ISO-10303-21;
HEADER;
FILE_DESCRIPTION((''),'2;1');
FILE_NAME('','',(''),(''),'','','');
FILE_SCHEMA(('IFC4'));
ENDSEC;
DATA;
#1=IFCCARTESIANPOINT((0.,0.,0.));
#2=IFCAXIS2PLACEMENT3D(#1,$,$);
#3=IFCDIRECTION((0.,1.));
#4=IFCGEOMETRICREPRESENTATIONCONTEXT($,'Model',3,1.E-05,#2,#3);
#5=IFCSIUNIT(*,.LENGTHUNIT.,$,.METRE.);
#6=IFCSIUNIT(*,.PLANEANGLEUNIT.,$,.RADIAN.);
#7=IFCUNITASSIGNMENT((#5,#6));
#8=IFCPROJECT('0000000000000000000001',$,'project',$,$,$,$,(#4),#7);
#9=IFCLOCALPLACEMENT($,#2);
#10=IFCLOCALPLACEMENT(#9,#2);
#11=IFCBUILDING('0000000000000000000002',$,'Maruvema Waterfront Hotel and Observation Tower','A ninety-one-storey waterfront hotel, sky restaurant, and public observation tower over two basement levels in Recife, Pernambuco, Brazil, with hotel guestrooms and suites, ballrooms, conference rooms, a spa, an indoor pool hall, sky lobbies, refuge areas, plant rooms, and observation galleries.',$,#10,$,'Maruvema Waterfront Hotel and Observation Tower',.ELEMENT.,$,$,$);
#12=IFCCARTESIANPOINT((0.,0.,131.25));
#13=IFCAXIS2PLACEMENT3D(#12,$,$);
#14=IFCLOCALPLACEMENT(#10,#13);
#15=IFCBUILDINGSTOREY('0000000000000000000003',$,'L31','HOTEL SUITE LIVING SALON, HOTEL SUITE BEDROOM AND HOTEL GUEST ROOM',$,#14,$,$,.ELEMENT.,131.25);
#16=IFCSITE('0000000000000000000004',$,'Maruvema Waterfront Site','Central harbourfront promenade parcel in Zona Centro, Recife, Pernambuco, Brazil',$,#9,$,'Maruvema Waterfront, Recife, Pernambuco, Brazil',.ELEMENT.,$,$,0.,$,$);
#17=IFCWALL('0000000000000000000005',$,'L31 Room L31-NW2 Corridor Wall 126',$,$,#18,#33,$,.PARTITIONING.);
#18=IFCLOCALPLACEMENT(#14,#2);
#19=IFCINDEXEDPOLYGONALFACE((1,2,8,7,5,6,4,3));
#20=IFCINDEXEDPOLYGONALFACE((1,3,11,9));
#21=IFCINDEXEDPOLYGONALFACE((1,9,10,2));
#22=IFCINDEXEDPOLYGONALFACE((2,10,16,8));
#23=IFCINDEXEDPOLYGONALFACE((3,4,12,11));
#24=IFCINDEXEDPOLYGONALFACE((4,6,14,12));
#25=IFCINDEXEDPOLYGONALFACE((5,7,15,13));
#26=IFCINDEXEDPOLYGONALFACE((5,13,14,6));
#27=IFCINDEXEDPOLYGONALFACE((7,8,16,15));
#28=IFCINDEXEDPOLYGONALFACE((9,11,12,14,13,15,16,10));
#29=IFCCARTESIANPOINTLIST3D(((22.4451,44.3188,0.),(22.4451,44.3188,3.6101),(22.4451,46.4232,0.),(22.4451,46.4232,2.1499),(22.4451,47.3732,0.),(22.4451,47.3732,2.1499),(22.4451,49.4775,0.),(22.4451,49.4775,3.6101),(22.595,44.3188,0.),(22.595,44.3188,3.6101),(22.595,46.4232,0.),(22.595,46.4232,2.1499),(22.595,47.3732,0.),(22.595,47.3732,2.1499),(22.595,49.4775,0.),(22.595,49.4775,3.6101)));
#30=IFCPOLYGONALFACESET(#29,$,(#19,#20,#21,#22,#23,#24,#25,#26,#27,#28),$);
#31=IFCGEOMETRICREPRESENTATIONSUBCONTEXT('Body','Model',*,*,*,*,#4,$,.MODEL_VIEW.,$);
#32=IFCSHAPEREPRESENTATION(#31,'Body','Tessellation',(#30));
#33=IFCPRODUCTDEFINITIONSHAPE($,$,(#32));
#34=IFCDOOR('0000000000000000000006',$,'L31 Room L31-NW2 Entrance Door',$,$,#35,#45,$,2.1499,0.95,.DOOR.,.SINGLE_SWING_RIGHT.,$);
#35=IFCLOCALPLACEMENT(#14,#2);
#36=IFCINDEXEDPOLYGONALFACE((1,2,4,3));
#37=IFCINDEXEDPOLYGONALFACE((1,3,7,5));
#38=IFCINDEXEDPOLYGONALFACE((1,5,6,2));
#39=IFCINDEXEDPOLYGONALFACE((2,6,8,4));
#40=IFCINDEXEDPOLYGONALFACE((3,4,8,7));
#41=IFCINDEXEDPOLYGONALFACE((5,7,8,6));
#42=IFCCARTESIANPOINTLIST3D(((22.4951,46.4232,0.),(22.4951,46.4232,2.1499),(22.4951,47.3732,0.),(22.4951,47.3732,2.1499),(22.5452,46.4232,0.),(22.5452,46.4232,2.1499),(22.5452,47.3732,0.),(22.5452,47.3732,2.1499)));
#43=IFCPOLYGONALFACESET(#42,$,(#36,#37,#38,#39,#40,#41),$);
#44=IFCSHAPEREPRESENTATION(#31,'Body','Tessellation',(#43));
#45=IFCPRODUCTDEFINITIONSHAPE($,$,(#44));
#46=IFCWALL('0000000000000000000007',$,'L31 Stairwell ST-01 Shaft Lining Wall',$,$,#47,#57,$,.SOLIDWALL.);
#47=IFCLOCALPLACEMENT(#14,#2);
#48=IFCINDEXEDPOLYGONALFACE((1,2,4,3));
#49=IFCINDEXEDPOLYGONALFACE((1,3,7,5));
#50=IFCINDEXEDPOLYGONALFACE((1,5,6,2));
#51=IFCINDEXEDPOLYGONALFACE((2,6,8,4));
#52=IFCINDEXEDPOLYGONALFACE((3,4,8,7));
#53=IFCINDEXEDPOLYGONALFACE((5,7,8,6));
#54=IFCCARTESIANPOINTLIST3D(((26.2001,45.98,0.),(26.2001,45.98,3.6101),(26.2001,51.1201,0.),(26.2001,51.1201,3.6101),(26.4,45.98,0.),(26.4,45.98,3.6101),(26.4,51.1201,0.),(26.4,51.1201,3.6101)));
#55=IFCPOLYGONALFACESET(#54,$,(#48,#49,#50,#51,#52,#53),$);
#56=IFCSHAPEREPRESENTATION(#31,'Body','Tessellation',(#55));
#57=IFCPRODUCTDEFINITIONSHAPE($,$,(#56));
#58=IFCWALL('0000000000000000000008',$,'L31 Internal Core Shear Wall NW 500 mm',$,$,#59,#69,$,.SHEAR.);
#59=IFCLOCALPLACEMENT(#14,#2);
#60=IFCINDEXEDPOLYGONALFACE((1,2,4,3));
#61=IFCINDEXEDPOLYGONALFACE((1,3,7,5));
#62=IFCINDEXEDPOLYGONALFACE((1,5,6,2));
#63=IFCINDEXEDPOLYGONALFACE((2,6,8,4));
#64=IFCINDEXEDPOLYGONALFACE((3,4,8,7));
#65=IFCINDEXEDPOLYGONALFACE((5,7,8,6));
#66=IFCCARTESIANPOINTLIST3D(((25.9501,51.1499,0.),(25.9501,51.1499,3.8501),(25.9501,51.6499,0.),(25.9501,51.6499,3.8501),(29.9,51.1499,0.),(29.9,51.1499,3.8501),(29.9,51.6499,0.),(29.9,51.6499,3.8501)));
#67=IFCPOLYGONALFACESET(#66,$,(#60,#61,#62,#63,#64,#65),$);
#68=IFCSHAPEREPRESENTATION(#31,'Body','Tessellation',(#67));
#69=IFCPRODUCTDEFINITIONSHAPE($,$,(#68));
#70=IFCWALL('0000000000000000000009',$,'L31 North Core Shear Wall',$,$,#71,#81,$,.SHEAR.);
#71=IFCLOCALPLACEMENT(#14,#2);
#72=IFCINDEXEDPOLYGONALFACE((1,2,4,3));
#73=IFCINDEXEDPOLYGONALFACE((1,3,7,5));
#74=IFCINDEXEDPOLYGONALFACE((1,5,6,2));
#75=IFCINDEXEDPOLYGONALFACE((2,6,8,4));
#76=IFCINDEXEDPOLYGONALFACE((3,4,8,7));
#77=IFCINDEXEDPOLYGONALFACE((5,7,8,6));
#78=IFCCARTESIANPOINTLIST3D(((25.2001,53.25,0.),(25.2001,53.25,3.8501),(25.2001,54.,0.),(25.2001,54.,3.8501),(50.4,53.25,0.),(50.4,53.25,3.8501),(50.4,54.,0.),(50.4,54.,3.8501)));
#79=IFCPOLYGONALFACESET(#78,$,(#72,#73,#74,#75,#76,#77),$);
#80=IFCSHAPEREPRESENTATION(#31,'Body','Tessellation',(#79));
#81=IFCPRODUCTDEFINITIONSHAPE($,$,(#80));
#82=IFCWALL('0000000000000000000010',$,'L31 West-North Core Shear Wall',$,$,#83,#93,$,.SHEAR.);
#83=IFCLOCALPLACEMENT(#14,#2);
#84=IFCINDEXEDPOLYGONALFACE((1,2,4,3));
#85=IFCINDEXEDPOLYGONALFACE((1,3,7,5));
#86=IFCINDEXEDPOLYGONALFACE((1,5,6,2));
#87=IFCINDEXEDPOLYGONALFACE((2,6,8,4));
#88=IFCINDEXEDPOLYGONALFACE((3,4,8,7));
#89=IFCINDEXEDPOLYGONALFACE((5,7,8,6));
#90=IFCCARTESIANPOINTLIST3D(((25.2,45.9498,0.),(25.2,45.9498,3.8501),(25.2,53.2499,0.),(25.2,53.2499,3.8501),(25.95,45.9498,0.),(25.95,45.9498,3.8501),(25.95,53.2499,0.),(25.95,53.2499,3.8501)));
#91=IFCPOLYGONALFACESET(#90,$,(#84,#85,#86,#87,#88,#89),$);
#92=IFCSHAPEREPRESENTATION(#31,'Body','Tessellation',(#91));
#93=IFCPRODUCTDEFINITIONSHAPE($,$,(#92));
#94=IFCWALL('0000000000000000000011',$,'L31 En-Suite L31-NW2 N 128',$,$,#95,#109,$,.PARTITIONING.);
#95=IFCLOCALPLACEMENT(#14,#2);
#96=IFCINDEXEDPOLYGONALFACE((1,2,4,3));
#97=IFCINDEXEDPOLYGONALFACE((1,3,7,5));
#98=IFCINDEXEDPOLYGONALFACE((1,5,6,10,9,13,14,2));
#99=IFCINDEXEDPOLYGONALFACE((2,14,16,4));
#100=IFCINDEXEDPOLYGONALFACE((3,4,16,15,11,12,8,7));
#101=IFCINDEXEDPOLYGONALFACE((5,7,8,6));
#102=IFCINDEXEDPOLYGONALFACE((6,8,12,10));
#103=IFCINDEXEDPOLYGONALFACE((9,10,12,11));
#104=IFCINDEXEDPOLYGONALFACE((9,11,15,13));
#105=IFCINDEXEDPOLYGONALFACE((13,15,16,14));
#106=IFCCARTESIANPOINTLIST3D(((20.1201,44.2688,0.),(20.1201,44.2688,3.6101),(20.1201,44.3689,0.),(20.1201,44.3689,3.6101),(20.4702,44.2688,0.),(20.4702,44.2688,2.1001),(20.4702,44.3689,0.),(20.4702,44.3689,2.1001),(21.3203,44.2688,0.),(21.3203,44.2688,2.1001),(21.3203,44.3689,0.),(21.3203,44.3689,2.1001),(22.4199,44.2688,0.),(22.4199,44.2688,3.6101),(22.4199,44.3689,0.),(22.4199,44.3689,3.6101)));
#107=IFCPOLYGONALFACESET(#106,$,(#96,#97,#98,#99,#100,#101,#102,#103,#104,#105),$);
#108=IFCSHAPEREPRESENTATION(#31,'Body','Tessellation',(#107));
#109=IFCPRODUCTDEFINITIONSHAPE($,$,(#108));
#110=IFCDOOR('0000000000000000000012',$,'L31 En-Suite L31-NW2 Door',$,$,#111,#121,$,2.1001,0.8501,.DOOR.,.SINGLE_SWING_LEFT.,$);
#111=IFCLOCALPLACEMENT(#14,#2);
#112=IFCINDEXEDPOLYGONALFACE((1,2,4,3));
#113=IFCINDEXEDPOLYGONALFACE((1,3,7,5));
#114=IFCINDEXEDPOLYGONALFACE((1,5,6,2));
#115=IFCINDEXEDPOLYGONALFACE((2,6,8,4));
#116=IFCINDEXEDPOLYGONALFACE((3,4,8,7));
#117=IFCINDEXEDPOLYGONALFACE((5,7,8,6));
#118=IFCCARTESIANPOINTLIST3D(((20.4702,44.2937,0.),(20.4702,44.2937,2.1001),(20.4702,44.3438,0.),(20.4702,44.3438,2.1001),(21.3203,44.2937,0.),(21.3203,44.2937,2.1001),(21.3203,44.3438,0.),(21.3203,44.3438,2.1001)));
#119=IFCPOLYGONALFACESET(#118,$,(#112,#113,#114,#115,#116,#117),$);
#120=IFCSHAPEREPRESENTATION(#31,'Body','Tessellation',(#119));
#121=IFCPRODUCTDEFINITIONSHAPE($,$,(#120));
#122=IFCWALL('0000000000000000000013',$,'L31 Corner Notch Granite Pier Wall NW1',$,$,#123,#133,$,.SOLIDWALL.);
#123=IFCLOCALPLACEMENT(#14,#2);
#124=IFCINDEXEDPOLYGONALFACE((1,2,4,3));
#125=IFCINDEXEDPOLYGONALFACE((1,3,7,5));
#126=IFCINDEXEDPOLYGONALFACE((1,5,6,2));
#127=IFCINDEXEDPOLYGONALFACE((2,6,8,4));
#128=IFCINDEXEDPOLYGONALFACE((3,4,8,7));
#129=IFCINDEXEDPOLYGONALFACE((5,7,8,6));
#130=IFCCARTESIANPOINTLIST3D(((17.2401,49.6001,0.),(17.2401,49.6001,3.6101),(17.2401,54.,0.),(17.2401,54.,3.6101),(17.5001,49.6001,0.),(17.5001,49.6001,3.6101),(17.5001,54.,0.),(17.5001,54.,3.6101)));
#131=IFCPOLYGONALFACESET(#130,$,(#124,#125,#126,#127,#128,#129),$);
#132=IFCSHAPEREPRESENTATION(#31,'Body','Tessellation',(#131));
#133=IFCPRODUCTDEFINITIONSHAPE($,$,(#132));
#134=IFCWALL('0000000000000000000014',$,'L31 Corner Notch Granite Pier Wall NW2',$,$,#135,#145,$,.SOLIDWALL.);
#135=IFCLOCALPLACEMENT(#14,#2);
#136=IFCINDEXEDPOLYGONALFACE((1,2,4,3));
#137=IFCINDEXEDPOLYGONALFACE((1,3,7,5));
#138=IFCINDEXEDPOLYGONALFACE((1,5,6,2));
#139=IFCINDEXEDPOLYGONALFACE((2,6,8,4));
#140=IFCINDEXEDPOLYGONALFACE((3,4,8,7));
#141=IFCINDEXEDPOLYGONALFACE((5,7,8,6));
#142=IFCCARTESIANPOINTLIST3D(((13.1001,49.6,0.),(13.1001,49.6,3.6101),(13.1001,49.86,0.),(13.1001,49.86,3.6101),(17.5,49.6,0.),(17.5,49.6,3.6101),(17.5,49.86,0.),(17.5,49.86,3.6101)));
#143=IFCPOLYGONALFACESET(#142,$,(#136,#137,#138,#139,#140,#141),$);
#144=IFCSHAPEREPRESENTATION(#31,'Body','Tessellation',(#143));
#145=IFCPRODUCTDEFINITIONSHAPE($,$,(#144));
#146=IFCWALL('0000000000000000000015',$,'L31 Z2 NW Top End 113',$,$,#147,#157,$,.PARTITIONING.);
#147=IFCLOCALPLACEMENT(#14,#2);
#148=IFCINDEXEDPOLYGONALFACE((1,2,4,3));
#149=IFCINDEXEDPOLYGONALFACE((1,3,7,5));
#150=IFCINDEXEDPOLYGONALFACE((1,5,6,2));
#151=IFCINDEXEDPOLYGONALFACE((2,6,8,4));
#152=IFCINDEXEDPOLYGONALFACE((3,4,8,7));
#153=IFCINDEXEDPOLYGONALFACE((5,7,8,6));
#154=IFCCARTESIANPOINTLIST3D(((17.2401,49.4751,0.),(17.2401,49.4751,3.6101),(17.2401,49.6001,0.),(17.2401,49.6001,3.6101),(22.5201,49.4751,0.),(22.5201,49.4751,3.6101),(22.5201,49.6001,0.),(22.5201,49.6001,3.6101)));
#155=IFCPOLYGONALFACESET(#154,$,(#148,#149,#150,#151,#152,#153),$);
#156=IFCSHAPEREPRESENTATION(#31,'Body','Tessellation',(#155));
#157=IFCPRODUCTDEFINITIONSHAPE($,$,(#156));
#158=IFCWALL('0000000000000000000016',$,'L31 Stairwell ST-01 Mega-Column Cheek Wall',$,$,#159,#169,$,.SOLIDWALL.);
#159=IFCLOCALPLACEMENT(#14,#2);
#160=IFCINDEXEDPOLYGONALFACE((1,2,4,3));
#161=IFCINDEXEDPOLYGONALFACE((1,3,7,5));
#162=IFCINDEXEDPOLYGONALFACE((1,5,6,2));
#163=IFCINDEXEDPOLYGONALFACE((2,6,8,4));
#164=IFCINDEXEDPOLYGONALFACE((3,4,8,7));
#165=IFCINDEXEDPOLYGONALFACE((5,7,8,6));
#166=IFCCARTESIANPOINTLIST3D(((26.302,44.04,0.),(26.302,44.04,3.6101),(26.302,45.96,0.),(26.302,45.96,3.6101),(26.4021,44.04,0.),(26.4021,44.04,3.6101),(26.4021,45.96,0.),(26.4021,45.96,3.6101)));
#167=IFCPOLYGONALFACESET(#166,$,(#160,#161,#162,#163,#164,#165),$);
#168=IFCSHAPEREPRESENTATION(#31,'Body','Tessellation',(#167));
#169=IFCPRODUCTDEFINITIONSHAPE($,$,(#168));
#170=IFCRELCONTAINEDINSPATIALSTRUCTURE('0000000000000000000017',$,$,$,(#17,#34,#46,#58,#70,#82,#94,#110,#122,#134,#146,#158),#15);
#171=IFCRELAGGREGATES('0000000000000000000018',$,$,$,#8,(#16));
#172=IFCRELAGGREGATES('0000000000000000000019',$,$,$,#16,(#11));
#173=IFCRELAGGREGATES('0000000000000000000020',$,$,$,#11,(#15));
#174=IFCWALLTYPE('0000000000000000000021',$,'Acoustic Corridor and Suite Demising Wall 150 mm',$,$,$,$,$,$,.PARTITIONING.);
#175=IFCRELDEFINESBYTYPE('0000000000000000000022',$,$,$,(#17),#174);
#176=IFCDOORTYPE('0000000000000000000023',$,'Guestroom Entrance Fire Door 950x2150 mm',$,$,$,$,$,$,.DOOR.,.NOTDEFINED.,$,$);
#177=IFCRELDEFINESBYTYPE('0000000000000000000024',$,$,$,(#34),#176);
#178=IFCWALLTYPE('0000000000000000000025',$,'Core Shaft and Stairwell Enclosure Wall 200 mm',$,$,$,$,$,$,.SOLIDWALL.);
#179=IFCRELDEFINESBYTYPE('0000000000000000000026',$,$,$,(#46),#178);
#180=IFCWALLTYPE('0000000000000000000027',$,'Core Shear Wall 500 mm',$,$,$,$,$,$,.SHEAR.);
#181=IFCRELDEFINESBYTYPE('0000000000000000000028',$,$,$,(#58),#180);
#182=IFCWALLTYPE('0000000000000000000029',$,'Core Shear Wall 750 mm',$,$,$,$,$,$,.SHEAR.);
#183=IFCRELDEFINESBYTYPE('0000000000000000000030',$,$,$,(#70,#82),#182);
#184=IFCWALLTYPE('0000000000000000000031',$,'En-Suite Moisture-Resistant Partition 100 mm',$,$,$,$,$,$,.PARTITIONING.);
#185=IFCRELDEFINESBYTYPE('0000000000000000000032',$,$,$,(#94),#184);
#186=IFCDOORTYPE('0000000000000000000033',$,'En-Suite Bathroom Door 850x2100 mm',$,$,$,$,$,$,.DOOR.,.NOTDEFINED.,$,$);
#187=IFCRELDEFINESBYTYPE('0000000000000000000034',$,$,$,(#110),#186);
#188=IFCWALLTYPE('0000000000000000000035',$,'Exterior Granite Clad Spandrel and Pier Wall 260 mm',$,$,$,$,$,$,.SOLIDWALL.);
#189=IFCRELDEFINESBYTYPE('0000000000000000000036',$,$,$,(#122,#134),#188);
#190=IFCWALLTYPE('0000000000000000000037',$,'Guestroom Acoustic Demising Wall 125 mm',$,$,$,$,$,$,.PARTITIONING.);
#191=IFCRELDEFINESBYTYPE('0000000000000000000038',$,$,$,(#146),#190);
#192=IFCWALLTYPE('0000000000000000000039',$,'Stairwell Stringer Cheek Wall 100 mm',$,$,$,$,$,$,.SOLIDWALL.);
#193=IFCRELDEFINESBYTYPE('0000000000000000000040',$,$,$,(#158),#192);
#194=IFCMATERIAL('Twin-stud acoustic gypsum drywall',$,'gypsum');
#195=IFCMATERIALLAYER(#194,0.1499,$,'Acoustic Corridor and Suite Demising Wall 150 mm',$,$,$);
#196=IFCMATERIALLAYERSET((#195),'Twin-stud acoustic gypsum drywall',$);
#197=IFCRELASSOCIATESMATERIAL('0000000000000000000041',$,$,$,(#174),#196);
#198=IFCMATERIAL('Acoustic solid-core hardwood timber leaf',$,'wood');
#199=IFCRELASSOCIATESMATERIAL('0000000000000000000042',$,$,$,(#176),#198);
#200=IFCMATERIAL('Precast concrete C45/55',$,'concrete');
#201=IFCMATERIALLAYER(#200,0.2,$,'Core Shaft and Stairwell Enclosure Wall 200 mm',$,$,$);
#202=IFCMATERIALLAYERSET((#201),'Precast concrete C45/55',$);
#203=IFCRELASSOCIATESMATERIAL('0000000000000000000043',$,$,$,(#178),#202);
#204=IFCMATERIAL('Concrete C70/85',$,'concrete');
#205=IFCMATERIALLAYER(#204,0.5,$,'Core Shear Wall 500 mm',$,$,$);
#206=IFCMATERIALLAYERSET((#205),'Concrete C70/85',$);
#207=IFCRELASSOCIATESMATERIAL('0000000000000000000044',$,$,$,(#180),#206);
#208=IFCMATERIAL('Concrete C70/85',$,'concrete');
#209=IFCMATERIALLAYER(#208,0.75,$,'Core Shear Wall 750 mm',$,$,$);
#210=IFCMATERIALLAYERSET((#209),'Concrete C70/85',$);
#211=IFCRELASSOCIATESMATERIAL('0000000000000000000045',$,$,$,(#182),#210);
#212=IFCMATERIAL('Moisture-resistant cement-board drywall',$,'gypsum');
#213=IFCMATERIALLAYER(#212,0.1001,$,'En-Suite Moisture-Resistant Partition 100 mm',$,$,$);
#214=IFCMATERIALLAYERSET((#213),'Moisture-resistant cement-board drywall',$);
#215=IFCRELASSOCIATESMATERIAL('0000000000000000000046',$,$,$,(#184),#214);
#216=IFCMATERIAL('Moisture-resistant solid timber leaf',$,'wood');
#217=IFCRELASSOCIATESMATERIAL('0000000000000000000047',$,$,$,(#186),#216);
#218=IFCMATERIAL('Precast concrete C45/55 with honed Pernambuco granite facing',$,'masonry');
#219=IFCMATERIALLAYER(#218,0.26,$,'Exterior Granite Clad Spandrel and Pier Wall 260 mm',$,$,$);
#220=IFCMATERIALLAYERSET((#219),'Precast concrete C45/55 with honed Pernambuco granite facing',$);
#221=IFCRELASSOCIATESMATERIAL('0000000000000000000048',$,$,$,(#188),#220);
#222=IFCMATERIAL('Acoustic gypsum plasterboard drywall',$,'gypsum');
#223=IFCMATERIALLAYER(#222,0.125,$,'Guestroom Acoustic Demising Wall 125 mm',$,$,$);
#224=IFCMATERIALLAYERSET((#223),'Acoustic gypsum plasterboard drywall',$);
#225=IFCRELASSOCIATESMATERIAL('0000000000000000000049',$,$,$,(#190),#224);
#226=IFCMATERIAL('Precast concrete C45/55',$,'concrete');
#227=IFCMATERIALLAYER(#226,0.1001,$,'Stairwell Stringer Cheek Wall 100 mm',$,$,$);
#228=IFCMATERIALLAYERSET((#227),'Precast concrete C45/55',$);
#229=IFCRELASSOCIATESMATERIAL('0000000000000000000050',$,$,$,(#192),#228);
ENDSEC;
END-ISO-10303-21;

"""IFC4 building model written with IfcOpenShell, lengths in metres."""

from ifc_helpers import new_model, si_unit, direction, frame, frame_2d, origin, place, context, subcontext, project, spatial, rectangle, extrude, material, layer, layer_set, type_object, element, fill, save


model = new_model("IFC4")

# Units and contexts
model_context = context("Model", 3, precision=1e-05, world=origin(), true_north=direction((0.0, 1.0)))
body_context = subcontext(model_context, "Body", "Model", "MODEL_VIEW")
ifc_project = project(units=[si_unit("LENGTHUNIT", "METRE"), si_unit("PLANEANGLEUNIT", "RADIAN")], contexts=[model_context])

# Site, building, storey
site_placement = place(None, origin())
site = spatial("IfcSite", under=ifc_project, at=site_placement, Name="Maruvema Waterfront Site", Description="Central harbourfront promenade parcel in Zona Centro, Recife, Pernambuco, Brazil", LongName="Maruvema Waterfront, Recife, Pernambuco, Brazil", CompositionType="ELEMENT", RefElevation=0.0)
building_placement = place(site_placement, origin())
building = spatial("IfcBuilding", under=site, at=building_placement, Name="Maruvema Waterfront Hotel and Observation Tower", Description="A ninety-one-storey waterfront hotel, sky restaurant, and public observation tower over two basement levels in Recife, Pernambuco, Brazil, with hotel guestrooms and suites, ballrooms, conference rooms, a spa, an indoor pool hall, sky lobbies, refuge areas, plant rooms, and observation galleries.", LongName="Maruvema Waterfront Hotel and Observation Tower", CompositionType="ELEMENT")
storey_placement = place(building_placement, frame((0.0, 0.0, 131.25)))
storey = spatial("IfcBuildingStorey", under=building, at=storey_placement, Name="L31", Description="HOTEL SUITE LIVING SALON, HOTEL SUITE BEDROOM AND HOTEL GUEST ROOM", CompositionType="ELEMENT", Elevation=131.25)

# Wall, opening, door
ifc_material_1 = material(Name="Twin-stud acoustic gypsum drywall", Category="gypsum")
ifc_layer_1 = layer(ifc_material_1, 0.1499, Name="Acoustic Corridor and Suite Demising Wall 150 mm")
ifc_layer_set_1 = layer_set([ifc_layer_1], Name="Twin-stud acoustic gypsum drywall")
wall_type_1 = type_object("IfcWallType", Name="Acoustic Corridor and Suite Demising Wall 150 mm", PredefinedType="PARTITIONING", material=ifc_layer_set_1)
wall_1_placement = place(storey_placement, frame((22.52, 44.3188, 0.0), z_axis=(0.0, 0.0, 1.0), x_axis=(0.0, 1.0, 0.0)))
wall_1 = element("IfcWall", 1, at=wall_1_placement, inside=storey, type_object=wall_type_1, Name="L31 Room L31-NW2 Corridor Wall 126", PredefinedType="PARTITIONING", context=body_context, shape_type="SweptSolid", body=[
    extrude(rectangle(XDim=5.1587, YDim=0.1499, at=frame_2d((2.5793, 0.0))), origin(), (0.0, 0.0, 1.0), 3.6101),
])
opening_1_placement = place(wall_1_placement, frame((2.1042, 0.0, 0.0)))
opening_1 = element("IfcOpeningElement", 2, at=opening_1_placement, cuts=wall_1, PredefinedType="OPENING", context=body_context, shape_type="SweptSolid", body=[
    extrude(rectangle(XDim=0.95, YDim=2.1499, at=frame_2d((0.4751, 1.075))), frame((0.0, 0.085, 0.0), z_axis=(0.0, -1.0, 0.0), x_axis=(1.0, 0.0, 0.0)), (0.0, 0.0, 1.0), 0.1699),
])
ifc_material_2 = material(Name="Acoustic solid-core hardwood timber leaf", Category="wood")
door_type_1 = type_object("IfcDoorType", Name="Guestroom Entrance Fire Door 950x2150 mm", OperationType="NOTDEFINED", PredefinedType="DOOR", material=ifc_material_2)
door_1_placement = place(opening_1_placement, origin())
door_1 = element("IfcDoor", 3, at=door_1_placement, inside=storey, type_object=door_type_1, Name="L31 Room L31-NW2 Entrance Door", OperationType="SINGLE_SWING_RIGHT", OverallHeight=2.1499, OverallWidth=0.95, PredefinedType="DOOR", context=body_context, shape_type="SweptSolid", body=[
    extrude(rectangle(XDim=0.95, YDim=2.1499, at=frame_2d((0.4751, 1.075))), frame((0.0, 0.0249, 0.0), z_axis=(0.0, -1.0, 0.0), x_axis=(1.0, 0.0, 0.0)), (0.0, 0.0, 1.0), 0.05),
])
fill(opening_1, door_1)

# Walls
ifc_material_3 = material(Name="Precast concrete C45/55", Category="concrete")
ifc_layer_2 = layer(ifc_material_3, 0.2, Name="Core Shaft and Stairwell Enclosure Wall 200 mm")
ifc_layer_set_2 = layer_set([ifc_layer_2], Name="Precast concrete C45/55")
wall_type_2 = type_object("IfcWallType", Name="Core Shaft and Stairwell Enclosure Wall 200 mm", PredefinedType="SOLIDWALL", material=ifc_layer_set_2)
wall_2_placement = place(storey_placement, frame((26.3, 45.98, 0.0), z_axis=(0.0, 0.0, 1.0), x_axis=(0.0, 1.0, 0.0)))
element("IfcWall", 4, at=wall_2_placement, inside=storey, type_object=wall_type_2, Name="L31 Stairwell ST-01 Shaft Lining Wall", PredefinedType="SOLIDWALL", context=body_context, shape_type="SweptSolid", body=[
    extrude(rectangle(XDim=5.1401, YDim=0.2, at=frame_2d((2.5701, 0.0))), origin(), (0.0, 0.0, 1.0), 3.6101),
])
ifc_material_4 = material(Name="Concrete C70/85", Category="concrete")
ifc_layer_3 = layer(ifc_material_4, 0.5, Name="Core Shear Wall 500 mm")
ifc_layer_set_3 = layer_set([ifc_layer_3], Name="Concrete C70/85")
wall_type_3 = type_object("IfcWallType", Name="Core Shear Wall 500 mm", PredefinedType="SHEAR", material=ifc_layer_set_3)
wall_3_placement = place(storey_placement, frame((25.95, 51.3999, 0.0), z_axis=(0.0, 0.0, 1.0), x_axis=(1.0, 0.0, 0.0)))
element("IfcWall", 5, at=wall_3_placement, inside=storey, type_object=wall_type_3, Name="L31 Internal Core Shear Wall NW 500 mm", PredefinedType="SHEAR", context=body_context, shape_type="SweptSolid", body=[
    extrude(rectangle(XDim=3.95, YDim=0.5, at=frame_2d((1.9751, 0.0))), origin(), (0.0, 0.0, 1.0), 3.8501),
])
ifc_material_5 = material(Name="Concrete C70/85", Category="concrete")
ifc_layer_4 = layer(ifc_material_5, 0.75, Name="Core Shear Wall 750 mm")
ifc_layer_set_4 = layer_set([ifc_layer_4], Name="Concrete C70/85")
wall_type_4 = type_object("IfcWallType", Name="Core Shear Wall 750 mm", PredefinedType="SHEAR", material=ifc_layer_set_4)
wall_4_placement = place(storey_placement, frame((25.2, 53.625, 0.0), z_axis=(0.0, 0.0, 1.0), x_axis=(1.0, 0.0, 0.0)))
element("IfcWall", 6, at=wall_4_placement, inside=storey, type_object=wall_type_4, Name="L31 North Core Shear Wall", PredefinedType="SHEAR", context=body_context, shape_type="SweptSolid", body=[
    extrude(rectangle(XDim=25.2, YDim=0.75, at=frame_2d((12.6001, 0.0))), origin(), (0.0, 0.0, 1.0), 3.8501),
])
wall_5_placement = place(storey_placement, frame((25.575, 45.95, 0.0), z_axis=(0.0, 0.0, 1.0), x_axis=(0.0, 1.0, 0.0)))
element("IfcWall", 7, at=wall_5_placement, inside=storey, type_object=wall_type_4, Name="L31 West-North Core Shear Wall", PredefinedType="SHEAR", context=body_context, shape_type="SweptSolid", body=[
    extrude(rectangle(XDim=7.3, YDim=0.75, at=frame_2d((3.6499, 0.0))), origin(), (0.0, 0.0, 1.0), 3.8501),
])

# Wall, opening, door
ifc_material_6 = material(Name="Moisture-resistant cement-board drywall", Category="gypsum")
ifc_layer_5 = layer(ifc_material_6, 0.1001, Name="En-Suite Moisture-Resistant Partition 100 mm")
ifc_layer_set_5 = layer_set([ifc_layer_5], Name="Moisture-resistant cement-board drywall")
wall_type_5 = type_object("IfcWallType", Name="En-Suite Moisture-Resistant Partition 100 mm", PredefinedType="PARTITIONING", material=ifc_layer_set_5)
wall_6_placement = place(storey_placement, frame((20.1201, 44.3188, 0.0), z_axis=(0.0, 0.0, 1.0), x_axis=(1.0, 0.0, 0.0)))
wall_6 = element("IfcWall", 8, at=wall_6_placement, inside=storey, type_object=wall_type_5, Name="L31 En-Suite L31-NW2 N 128", PredefinedType="PARTITIONING", context=body_context, shape_type="SweptSolid", body=[
    extrude(rectangle(XDim=2.2998, YDim=0.1001, at=frame_2d((1.1499, 0.0))), origin(), (0.0, 0.0, 1.0), 3.6101),
])
opening_2_placement = place(wall_6_placement, frame((0.3501, 0.0, 0.0)))
opening_2 = element("IfcOpeningElement", 9, at=opening_2_placement, cuts=wall_6, PredefinedType="OPENING", context=body_context, shape_type="SweptSolid", body=[
    extrude(rectangle(XDim=0.8501, YDim=2.1001, at=frame_2d((0.425, 1.05))), frame((0.0, 0.0601, 0.0), z_axis=(0.0, -1.0, 0.0), x_axis=(1.0, 0.0, 0.0)), (0.0, 0.0, 1.0), 0.1201),
])
ifc_material_7 = material(Name="Moisture-resistant solid timber leaf", Category="wood")
door_type_2 = type_object("IfcDoorType", Name="En-Suite Bathroom Door 850x2100 mm", OperationType="NOTDEFINED", PredefinedType="DOOR", material=ifc_material_7)
door_2_placement = place(opening_2_placement, origin())
door_2 = element("IfcDoor", 10, at=door_2_placement, inside=storey, type_object=door_type_2, Name="L31 En-Suite L31-NW2 Door", OperationType="SINGLE_SWING_LEFT", OverallHeight=2.1001, OverallWidth=0.8501, PredefinedType="DOOR", context=body_context, shape_type="SweptSolid", body=[
    extrude(rectangle(XDim=0.8501, YDim=2.1001, at=frame_2d((0.425, 1.05))), frame((0.0, 0.0249, 0.0), z_axis=(0.0, -1.0, 0.0), x_axis=(1.0, 0.0, 0.0)), (0.0, 0.0, 1.0), 0.05),
])
fill(opening_2, door_2)

# Walls
ifc_material_8 = material(Name="Precast concrete C45/55 with honed Pernambuco granite facing", Category="masonry")
ifc_layer_6 = layer(ifc_material_8, 0.26, Name="Exterior Granite Clad Spandrel and Pier Wall 260 mm")
ifc_layer_set_6 = layer_set([ifc_layer_6], Name="Precast concrete C45/55 with honed Pernambuco granite facing")
wall_type_6 = type_object("IfcWallType", Name="Exterior Granite Clad Spandrel and Pier Wall 260 mm", PredefinedType="SOLIDWALL", material=ifc_layer_set_6)
for number, where, z_axis, x_axis, name in (
    (11, (17.3701, 49.6001, 0.0), (0.0, 0.0, 1.0), (0.0, 1.0, 0.0), "L31 Corner Notch Granite Pier Wall NW1"),
    (12, (13.1001, 49.73, 0.0), (0.0, 0.0, 1.0), (1.0, 0.0, 0.0), "L31 Corner Notch Granite Pier Wall NW2"),
):
    element("IfcWall", number, at=place(storey_placement, frame(where, z_axis=z_axis, x_axis=x_axis)), inside=storey, type_object=wall_type_6, Name=name, PredefinedType="SOLIDWALL", context=body_context, shape_type="SweptSolid", body=[
        extrude(rectangle(XDim=4.3999, YDim=0.26, at=frame_2d((2.2, 0.0))), origin(), (0.0, 0.0, 1.0), 3.6101),
    ])
ifc_material_9 = material(Name="Acoustic gypsum plasterboard drywall", Category="gypsum")
ifc_layer_7 = layer(ifc_material_9, 0.125, Name="Guestroom Acoustic Demising Wall 125 mm")
ifc_layer_set_7 = layer_set([ifc_layer_7], Name="Acoustic gypsum plasterboard drywall")
wall_type_7 = type_object("IfcWallType", Name="Guestroom Acoustic Demising Wall 125 mm", PredefinedType="PARTITIONING", material=ifc_layer_set_7)
wall_7_placement = place(storey_placement, frame((17.24, 49.5376, 0.0), z_axis=(0.0, 0.0, 1.0), x_axis=(1.0, 0.0, 0.0)))
element("IfcWall", 13, at=wall_7_placement, inside=storey, type_object=wall_type_7, Name="L31 Z2 NW Top End 113", PredefinedType="PARTITIONING", context=body_context, shape_type="SweptSolid", body=[
    extrude(rectangle(XDim=5.28, YDim=0.125, at=frame_2d((2.6401, 0.0))), origin(), (0.0, 0.0, 1.0), 3.6101),
])
ifc_material_10 = material(Name="Precast concrete C45/55", Category="concrete")
ifc_layer_8 = layer(ifc_material_10, 0.1001, Name="Stairwell Stringer Cheek Wall 100 mm")
ifc_layer_set_8 = layer_set([ifc_layer_8], Name="Precast concrete C45/55")
wall_type_8 = type_object("IfcWallType", Name="Stairwell Stringer Cheek Wall 100 mm", PredefinedType="SOLIDWALL", material=ifc_layer_set_8)
wall_8_placement = place(storey_placement, frame((26.3521, 44.04, 0.0), z_axis=(0.0, 0.0, 1.0), x_axis=(0.0, 1.0, 0.0)))
element("IfcWall", 14, at=wall_8_placement, inside=storey, type_object=wall_type_8, Name="L31 Stairwell ST-01 Mega-Column Cheek Wall", PredefinedType="SOLIDWALL", context=body_context, shape_type="SweptSolid", body=[
    extrude(rectangle(XDim=1.9199, YDim=0.1001, at=frame_2d((0.96, 0.0))), origin(), (0.0, 0.0, 1.0), 3.6101),
])

save(model, "model.ifc")
